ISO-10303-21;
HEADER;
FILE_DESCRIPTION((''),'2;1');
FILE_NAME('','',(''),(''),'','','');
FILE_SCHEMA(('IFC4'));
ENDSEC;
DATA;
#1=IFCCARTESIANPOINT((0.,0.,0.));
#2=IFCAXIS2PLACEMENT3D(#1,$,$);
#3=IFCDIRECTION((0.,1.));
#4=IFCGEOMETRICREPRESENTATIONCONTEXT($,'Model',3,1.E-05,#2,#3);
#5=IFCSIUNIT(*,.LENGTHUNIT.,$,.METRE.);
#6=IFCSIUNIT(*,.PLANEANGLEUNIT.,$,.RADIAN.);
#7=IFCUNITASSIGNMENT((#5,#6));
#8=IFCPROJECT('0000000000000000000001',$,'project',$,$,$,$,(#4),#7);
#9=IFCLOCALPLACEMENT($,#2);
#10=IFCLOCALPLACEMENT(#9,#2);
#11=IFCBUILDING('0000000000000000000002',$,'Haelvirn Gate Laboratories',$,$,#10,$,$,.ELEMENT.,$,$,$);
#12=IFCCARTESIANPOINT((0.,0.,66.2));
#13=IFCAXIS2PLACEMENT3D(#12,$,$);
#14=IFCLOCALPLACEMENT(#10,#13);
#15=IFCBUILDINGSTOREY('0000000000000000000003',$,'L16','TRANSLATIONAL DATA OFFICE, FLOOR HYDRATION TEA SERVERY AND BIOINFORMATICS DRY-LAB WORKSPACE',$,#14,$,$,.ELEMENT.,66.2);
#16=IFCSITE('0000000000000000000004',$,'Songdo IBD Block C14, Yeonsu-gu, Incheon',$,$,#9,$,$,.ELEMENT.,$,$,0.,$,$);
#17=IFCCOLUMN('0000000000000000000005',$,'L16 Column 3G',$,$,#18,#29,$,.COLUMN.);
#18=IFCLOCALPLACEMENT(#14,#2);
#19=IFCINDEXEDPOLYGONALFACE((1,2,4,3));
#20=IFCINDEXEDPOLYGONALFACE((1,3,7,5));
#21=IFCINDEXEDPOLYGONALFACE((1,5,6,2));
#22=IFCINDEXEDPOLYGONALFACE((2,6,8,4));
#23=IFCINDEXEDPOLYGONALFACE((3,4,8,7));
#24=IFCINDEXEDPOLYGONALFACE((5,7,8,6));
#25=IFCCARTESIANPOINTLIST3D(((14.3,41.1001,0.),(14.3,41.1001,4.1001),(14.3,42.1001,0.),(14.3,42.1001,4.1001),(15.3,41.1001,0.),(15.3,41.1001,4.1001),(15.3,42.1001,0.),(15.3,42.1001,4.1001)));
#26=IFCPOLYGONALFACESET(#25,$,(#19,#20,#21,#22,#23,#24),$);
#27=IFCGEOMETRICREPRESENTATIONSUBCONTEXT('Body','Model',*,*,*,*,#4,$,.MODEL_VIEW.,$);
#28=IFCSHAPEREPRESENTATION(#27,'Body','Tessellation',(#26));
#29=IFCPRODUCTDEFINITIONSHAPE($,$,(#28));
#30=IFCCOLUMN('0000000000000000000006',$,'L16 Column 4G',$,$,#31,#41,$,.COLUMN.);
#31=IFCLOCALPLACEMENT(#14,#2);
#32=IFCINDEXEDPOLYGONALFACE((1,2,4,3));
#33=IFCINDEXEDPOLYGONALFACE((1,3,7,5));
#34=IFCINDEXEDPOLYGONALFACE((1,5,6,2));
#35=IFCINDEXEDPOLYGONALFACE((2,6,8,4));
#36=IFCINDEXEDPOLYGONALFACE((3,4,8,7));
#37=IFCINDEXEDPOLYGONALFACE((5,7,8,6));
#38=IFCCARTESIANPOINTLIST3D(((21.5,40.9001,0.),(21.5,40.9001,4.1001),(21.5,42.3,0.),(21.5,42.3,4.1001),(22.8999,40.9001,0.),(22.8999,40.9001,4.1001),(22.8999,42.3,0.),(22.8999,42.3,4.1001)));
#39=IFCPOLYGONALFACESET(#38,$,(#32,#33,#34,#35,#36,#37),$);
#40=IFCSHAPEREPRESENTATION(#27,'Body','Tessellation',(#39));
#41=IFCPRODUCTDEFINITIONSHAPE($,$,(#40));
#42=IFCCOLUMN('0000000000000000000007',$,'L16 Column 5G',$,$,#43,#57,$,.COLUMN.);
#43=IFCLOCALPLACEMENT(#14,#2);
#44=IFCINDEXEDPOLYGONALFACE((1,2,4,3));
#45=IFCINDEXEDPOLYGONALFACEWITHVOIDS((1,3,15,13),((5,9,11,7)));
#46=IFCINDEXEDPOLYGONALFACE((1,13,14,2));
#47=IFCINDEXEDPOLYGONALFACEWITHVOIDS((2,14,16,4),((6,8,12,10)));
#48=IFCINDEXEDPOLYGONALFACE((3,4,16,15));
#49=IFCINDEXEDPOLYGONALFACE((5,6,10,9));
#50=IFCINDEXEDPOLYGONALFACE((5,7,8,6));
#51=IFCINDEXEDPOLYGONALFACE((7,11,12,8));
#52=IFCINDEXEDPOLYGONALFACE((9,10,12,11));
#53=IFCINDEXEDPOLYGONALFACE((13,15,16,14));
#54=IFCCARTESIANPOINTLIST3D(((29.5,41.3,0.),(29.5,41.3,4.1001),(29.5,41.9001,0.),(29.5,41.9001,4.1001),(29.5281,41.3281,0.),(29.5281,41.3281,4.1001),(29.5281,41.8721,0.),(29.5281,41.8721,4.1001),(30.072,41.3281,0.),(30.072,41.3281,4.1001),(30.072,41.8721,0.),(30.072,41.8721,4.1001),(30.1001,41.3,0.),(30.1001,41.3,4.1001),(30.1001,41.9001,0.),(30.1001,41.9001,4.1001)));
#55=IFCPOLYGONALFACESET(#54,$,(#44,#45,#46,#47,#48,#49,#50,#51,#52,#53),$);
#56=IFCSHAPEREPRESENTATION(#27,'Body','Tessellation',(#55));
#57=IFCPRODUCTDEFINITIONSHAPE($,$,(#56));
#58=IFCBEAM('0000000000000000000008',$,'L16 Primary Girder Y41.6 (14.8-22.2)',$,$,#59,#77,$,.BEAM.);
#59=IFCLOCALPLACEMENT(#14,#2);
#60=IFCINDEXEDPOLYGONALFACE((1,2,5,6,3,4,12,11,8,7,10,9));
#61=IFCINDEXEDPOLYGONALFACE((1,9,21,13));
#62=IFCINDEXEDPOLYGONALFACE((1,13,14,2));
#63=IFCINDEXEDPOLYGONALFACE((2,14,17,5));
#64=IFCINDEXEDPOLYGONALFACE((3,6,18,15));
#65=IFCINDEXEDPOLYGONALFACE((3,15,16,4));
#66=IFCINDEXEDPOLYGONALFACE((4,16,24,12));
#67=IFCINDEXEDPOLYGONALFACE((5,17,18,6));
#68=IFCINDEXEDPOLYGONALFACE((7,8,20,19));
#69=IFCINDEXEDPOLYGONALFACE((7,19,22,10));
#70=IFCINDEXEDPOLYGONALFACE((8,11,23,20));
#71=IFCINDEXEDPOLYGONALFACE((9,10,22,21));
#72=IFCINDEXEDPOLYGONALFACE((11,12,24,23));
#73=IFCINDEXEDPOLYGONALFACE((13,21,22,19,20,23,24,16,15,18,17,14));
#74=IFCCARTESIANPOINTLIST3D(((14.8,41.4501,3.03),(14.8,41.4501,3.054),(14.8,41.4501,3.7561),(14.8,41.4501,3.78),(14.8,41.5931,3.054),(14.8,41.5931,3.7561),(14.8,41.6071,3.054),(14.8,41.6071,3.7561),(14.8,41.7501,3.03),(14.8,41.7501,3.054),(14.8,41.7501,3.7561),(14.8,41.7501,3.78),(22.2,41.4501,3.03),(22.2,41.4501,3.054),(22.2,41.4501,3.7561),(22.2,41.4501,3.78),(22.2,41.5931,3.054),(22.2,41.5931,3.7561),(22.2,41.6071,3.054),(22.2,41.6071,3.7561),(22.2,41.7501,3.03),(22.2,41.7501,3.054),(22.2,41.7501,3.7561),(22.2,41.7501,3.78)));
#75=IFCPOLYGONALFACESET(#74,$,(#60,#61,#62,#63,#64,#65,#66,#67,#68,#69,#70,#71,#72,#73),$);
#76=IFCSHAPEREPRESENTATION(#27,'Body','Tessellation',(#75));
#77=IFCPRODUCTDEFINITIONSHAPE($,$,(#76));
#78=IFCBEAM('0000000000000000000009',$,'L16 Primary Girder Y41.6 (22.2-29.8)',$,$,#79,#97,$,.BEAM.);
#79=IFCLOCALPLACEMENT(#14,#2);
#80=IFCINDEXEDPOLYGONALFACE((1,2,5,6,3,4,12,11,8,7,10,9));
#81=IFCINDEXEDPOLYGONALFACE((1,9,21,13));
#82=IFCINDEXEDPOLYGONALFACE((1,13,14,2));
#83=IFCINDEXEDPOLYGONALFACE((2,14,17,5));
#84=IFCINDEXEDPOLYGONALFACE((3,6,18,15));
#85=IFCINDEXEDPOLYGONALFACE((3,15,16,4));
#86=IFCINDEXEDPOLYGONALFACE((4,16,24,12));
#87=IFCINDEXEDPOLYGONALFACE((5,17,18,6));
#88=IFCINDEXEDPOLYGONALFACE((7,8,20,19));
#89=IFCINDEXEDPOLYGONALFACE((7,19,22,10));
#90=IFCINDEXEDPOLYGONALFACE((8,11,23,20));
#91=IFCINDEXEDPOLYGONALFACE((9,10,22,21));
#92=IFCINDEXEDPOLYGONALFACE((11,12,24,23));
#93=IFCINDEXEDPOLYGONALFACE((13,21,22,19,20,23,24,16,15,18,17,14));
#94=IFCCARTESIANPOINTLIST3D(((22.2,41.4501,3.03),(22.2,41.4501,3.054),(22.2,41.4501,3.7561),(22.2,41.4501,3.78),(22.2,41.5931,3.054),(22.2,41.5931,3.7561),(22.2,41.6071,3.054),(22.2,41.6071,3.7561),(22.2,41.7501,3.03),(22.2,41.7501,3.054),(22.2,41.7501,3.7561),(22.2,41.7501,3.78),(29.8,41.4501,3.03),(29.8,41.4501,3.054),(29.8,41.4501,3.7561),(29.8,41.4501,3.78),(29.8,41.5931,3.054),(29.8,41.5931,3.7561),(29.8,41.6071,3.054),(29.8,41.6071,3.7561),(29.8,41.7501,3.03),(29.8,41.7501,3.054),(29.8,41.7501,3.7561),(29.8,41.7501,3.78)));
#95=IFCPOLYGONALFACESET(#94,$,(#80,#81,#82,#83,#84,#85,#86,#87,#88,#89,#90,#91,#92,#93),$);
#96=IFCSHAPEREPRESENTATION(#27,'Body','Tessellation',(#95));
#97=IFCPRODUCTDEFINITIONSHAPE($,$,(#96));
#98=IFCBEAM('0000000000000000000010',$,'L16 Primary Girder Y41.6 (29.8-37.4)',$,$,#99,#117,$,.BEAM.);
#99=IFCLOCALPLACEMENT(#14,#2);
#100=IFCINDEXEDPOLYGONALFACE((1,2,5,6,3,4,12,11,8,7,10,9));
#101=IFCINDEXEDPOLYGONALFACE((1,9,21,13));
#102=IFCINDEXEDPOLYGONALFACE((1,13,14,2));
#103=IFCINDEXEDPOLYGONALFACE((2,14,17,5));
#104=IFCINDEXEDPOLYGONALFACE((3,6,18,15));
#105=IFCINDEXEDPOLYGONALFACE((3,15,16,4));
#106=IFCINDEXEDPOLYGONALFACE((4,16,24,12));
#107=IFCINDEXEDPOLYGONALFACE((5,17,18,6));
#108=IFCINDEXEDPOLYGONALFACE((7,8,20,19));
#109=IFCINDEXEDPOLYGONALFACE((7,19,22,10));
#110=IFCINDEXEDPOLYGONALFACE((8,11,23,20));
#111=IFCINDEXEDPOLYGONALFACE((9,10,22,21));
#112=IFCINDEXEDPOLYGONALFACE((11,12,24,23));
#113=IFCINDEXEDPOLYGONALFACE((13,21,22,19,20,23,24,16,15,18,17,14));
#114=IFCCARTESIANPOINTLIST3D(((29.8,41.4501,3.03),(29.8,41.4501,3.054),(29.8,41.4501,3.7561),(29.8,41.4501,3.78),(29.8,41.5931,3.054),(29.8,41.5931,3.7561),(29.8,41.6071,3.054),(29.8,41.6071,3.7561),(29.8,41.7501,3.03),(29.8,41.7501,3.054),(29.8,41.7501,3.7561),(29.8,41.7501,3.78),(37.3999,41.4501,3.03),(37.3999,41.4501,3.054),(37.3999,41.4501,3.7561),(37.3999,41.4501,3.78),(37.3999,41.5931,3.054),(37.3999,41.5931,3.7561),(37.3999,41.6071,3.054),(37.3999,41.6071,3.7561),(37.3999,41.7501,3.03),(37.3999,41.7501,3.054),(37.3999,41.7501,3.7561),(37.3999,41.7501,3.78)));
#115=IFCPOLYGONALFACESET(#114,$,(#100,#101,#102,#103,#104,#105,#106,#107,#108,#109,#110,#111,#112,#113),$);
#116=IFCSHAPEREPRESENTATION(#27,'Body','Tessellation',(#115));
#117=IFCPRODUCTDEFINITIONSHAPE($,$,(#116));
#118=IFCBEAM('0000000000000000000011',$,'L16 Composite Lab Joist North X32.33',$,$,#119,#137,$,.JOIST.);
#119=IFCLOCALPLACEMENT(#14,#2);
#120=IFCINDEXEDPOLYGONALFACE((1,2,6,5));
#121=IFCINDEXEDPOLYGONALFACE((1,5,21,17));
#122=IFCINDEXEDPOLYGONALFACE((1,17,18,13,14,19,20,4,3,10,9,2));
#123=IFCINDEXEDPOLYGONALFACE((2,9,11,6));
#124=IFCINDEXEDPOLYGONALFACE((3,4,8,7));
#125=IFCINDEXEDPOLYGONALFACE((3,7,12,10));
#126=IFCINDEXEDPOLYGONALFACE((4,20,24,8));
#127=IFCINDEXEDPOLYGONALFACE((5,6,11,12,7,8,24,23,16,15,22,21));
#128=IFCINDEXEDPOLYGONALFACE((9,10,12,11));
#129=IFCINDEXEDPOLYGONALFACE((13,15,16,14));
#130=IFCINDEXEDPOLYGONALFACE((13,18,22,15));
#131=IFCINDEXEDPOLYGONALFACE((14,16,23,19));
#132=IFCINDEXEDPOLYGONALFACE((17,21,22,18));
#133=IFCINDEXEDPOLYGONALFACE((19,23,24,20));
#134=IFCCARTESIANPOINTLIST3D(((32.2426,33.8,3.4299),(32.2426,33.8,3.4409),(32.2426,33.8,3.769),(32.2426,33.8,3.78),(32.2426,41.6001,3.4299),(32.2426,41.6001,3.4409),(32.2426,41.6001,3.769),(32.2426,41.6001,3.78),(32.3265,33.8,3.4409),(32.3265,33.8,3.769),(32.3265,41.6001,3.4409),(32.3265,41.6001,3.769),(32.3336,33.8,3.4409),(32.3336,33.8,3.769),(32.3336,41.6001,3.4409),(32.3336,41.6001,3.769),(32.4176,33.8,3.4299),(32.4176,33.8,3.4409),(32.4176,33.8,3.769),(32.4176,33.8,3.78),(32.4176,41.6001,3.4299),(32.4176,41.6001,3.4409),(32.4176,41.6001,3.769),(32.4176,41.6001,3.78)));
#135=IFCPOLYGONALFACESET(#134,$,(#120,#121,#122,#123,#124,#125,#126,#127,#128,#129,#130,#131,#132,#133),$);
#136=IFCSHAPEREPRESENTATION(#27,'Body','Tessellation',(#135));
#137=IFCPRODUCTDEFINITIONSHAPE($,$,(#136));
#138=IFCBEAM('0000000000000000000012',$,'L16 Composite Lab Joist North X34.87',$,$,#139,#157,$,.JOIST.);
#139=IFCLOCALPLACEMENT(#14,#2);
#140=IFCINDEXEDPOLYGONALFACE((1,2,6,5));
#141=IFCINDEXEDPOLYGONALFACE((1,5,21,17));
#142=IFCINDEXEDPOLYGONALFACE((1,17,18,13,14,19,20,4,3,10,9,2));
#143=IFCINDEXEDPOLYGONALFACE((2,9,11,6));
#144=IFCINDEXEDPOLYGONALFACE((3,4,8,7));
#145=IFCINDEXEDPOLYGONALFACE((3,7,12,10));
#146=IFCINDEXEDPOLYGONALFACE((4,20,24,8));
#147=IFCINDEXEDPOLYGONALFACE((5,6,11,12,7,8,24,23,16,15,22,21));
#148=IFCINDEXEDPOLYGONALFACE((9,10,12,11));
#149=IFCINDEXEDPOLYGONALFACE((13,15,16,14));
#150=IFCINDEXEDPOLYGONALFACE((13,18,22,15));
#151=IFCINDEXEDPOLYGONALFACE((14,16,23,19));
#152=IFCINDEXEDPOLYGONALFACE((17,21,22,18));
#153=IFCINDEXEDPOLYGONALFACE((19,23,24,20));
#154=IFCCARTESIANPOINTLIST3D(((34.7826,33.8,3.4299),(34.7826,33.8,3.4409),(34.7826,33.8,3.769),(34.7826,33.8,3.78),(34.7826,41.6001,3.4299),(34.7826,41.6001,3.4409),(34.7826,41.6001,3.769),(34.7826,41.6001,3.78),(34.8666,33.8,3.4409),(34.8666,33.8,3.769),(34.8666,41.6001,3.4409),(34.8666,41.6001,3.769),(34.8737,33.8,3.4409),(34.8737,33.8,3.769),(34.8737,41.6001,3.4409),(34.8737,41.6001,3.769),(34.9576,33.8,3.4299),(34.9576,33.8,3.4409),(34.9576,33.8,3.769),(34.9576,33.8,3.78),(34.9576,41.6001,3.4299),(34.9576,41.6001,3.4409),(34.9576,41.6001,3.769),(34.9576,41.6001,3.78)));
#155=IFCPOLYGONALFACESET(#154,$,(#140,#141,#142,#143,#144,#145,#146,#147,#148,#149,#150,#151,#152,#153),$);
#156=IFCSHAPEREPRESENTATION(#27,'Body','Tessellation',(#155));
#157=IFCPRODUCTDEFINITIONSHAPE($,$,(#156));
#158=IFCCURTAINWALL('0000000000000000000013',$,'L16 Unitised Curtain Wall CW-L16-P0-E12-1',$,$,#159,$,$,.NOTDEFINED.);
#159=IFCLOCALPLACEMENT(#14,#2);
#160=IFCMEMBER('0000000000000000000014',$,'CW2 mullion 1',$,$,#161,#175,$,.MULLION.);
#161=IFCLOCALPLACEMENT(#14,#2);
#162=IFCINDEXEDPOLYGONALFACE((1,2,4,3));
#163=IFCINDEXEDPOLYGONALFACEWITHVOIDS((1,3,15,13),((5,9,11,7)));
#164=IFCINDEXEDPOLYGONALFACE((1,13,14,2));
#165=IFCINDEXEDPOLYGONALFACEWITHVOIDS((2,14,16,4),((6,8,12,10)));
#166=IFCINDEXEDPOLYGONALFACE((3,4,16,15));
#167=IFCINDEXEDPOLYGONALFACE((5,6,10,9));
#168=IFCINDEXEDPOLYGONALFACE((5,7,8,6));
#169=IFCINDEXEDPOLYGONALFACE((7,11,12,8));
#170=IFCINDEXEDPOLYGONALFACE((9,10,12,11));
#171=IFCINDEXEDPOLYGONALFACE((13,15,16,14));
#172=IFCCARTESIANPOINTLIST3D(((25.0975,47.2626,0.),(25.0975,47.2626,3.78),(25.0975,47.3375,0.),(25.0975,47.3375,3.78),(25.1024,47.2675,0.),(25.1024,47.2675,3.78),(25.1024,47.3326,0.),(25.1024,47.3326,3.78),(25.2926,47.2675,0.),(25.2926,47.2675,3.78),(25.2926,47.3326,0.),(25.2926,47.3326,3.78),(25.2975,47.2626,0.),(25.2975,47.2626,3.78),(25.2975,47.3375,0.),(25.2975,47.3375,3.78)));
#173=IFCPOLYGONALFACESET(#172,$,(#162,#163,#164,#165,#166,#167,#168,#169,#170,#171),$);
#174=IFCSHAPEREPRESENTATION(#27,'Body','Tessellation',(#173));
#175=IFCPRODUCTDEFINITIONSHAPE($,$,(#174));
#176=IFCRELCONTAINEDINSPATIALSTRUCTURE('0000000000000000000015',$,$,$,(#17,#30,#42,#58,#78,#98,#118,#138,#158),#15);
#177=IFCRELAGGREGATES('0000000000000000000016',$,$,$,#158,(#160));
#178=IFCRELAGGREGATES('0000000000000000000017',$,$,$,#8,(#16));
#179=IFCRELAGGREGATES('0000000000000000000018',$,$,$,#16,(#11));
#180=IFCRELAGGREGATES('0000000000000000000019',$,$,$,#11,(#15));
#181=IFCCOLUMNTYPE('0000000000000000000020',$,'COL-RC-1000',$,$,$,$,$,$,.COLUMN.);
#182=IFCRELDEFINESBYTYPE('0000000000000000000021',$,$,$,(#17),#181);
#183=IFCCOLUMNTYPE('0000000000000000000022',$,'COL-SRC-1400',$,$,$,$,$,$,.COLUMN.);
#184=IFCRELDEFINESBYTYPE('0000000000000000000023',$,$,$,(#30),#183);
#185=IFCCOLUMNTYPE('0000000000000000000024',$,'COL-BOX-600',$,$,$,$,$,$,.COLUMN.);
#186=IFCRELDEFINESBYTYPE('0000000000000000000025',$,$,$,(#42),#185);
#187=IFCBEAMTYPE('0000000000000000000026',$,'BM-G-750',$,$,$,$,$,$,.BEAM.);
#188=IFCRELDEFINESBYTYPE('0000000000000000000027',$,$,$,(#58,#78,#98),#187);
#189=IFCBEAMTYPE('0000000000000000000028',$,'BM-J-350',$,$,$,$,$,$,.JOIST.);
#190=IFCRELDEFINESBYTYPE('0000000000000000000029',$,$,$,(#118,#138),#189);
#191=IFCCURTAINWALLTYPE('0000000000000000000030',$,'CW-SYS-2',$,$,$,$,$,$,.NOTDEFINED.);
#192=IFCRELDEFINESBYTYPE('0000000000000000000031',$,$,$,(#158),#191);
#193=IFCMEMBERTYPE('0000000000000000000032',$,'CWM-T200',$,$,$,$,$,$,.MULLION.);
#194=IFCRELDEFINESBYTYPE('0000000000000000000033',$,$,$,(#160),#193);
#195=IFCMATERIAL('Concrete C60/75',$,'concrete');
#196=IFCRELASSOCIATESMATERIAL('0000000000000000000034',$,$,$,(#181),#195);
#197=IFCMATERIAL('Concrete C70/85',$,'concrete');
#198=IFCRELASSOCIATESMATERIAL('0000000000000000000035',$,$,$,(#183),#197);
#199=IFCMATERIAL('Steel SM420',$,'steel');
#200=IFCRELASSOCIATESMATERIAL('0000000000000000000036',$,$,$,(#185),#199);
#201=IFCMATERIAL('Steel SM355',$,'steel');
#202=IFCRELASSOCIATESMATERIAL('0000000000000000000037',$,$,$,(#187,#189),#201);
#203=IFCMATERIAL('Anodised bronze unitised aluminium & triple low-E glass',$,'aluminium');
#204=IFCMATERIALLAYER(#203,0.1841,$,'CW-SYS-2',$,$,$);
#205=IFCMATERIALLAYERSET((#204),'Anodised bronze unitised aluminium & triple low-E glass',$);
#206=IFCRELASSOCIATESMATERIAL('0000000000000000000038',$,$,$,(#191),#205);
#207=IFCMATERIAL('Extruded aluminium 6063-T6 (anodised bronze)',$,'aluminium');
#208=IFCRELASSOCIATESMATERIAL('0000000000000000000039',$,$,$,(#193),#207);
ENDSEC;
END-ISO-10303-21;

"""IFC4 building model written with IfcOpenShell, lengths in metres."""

from ifc_helpers import new_model, si_unit, direction, frame, origin, origin_2d, place, context, subcontext, project, spatial, rectangle, hollow_rectangle, i_section, extrude, source, transform, mapped, material, layer, layer_set, material_profile, profile_set, type_object, type_shapes, element, aggregate, save


model = new_model("IFC4")

# Units and contexts
model_context = context("Model", 3, precision=1e-05, world=origin(), true_north=direction((0.0, 1.0)))
body_context = subcontext(model_context, "Body", "Model", "MODEL_VIEW")
ifc_project = project(units=[si_unit("LENGTHUNIT", "METRE"), si_unit("PLANEANGLEUNIT", "RADIAN")], contexts=[model_context])

# Site, building, storey
site_placement = place(None, origin())
site = spatial("IfcSite", under=ifc_project, at=site_placement, Name="Songdo IBD Block C14, Yeonsu-gu, Incheon", CompositionType="ELEMENT", RefElevation=0.0)
building_placement = place(site_placement, origin())
building = spatial("IfcBuilding", under=site, at=building_placement, Name="Haelvirn Gate Laboratories", CompositionType="ELEMENT")
storey_placement = place(building_placement, frame((0.0, 0.0, 66.2)))
storey = spatial("IfcBuildingStorey", under=building, at=storey_placement, Name="L16", Description="TRANSLATIONAL DATA OFFICE, FLOOR HYDRATION TEA SERVERY AND BIOINFORMATICS DRY-LAB WORKSPACE", CompositionType="ELEMENT", Elevation=66.2)

# Columns
ifc_material_1 = material(Name="Concrete C60/75", Category="concrete")
ifc_material_profile_1 = material_profile(ifc_material_1, rectangle(XDim=1.0, YDim=1.0, at=origin_2d()), Name="RC-1000x1000")
ifc_profile_set_1 = profile_set([ifc_material_profile_1], Name="Concrete C60/75")
column_type_1 = type_object("IfcColumnType", Name="COL-RC-1000", PredefinedType="COLUMN", material=ifc_profile_set_1)
shared_shape_1 = source(origin(), body_context, "Body", "SweptSolid", [
    extrude(rectangle(XDim=1.0, YDim=1.0, at=origin_2d()), origin(), (0.0, 0.0, 1.0), 4.1001),
])
type_shapes(column_type_1, [shared_shape_1])
column_1_placement = place(storey_placement, frame((14.8, 41.6001, 0.0), z_axis=(0.0, 0.0, 1.0), x_axis=(1.0, 0.0, 0.0)))
element("IfcColumn", 1, at=column_1_placement, inside=storey, type_object=column_type_1, Name="L16 Column 3G", PredefinedType="COLUMN", context=body_context, shape_type="MappedRepresentation", body=[
    mapped(shared_shape_1, transform((0.0, 0.0, 0.0), scale=1.0)),
])
ifc_material_2 = material(Name="Concrete C70/85", Category="concrete")
ifc_material_profile_2 = material_profile(ifc_material_2, rectangle(XDim=1.3999, YDim=1.3999, at=origin_2d()), Name="SRC-1400x1400")
ifc_profile_set_2 = profile_set([ifc_material_profile_2], Name="Concrete C70/85")
column_type_2 = type_object("IfcColumnType", Name="COL-SRC-1400", PredefinedType="COLUMN", material=ifc_profile_set_2)
shared_shape_2 = source(origin(), body_context, "Body", "SweptSolid", [
    extrude(rectangle(XDim=1.3999, YDim=1.3999, at=origin_2d()), origin(), (0.0, 0.0, 1.0), 4.1001),
])
type_shapes(column_type_2, [shared_shape_2])
column_2_placement = place(storey_placement, frame((22.2, 41.6001, 0.0), z_axis=(0.0, 0.0, 1.0), x_axis=(1.0, 0.0, 0.0)))
element("IfcColumn", 2, at=column_2_placement, inside=storey, type_object=column_type_2, Name="L16 Column 4G", PredefinedType="COLUMN", context=body_context, shape_type="MappedRepresentation", body=[
    mapped(shared_shape_2, transform((0.0, 0.0, 0.0), scale=1.0)),
])
ifc_material_3 = material(Name="Steel SM420", Category="steel")
ifc_material_profile_3 = material_profile(ifc_material_3, hollow_rectangle(XDim=0.6001, YDim=0.6001, WallThickness=0.0281, at=origin_2d()), Name="BOX-600x600x28")
ifc_profile_set_3 = profile_set([ifc_material_profile_3], Name="Steel SM420")
column_type_3 = type_object("IfcColumnType", Name="COL-BOX-600", PredefinedType="COLUMN", material=ifc_profile_set_3)
shared_shape_3 = source(origin(), body_context, "Body", "SweptSolid", [
    extrude(hollow_rectangle(XDim=0.6001, YDim=0.6001, WallThickness=0.0281, at=origin_2d()), origin(), (0.0, 0.0, 1.0), 4.1001),
])
type_shapes(column_type_3, [shared_shape_3])
column_3_placement = place(storey_placement, frame((29.8, 41.6001, 0.0), z_axis=(0.0, 0.0, 1.0), x_axis=(1.0, 0.0, 0.0)))
element("IfcColumn", 3, at=column_3_placement, inside=storey, type_object=column_type_3, Name="L16 Column 5G", PredefinedType="COLUMN", context=body_context, shape_type="MappedRepresentation", body=[
    mapped(shared_shape_3, transform((0.0, 0.0, 0.0), scale=1.0)),
])

# Beams
ifc_material_4 = material(Name="Steel SM355", Category="steel")
ifc_material_profile_4 = material_profile(ifc_material_4, i_section(OverallWidth=0.3, OverallDepth=0.75, WebThickness=0.0139, FlangeThickness=0.0239, at=origin_2d()), Name="H-750x300x14x24")
ifc_profile_set_4 = profile_set([ifc_material_profile_4], Name="Steel SM355")
beam_type_1 = type_object("IfcBeamType", Name="BM-G-750", PredefinedType="BEAM", material=ifc_profile_set_4)
shared_shape_4 = source(origin(), body_context, "Body", "SweptSolid", [
    extrude(i_section(OverallWidth=0.3, OverallDepth=0.75, WebThickness=0.0139, FlangeThickness=0.0239, at=origin_2d()), origin(), (0.0, 0.0, 1.0), 7.3999),
])
beam_1_placement = place(storey_placement, frame((14.8, 41.6001, 3.405), z_axis=(1.0, 0.0, 0.0), x_axis=(0.0, 1.0, 0.0)))
element("IfcBeam", 4, at=beam_1_placement, inside=storey, type_object=beam_type_1, Name="L16 Primary Girder Y41.6 (14.8-22.2)", PredefinedType="BEAM", context=body_context, shape_type="MappedRepresentation", body=[
    mapped(shared_shape_4, transform((0.0, 0.0, 0.0), scale=1.0)),
])
shared_shape_5 = source(origin(), body_context, "Body", "SweptSolid", [
    extrude(i_section(OverallWidth=0.3, OverallDepth=0.75, WebThickness=0.0139, FlangeThickness=0.0239, at=origin_2d()), origin(), (0.0, 0.0, 1.0), 7.6001),
])
beam_2_placement = place(storey_placement, frame((22.2, 41.6001, 3.405), z_axis=(1.0, 0.0, 0.0), x_axis=(0.0, 1.0, 0.0)))
element("IfcBeam", 5, at=beam_2_placement, inside=storey, type_object=beam_type_1, Name="L16 Primary Girder Y41.6 (22.2-29.8)", PredefinedType="BEAM", context=body_context, shape_type="MappedRepresentation", body=[
    mapped(shared_shape_5, transform((0.0, 0.0, 0.0), scale=1.0)),
])
shared_shape_6 = source(origin(), body_context, "Body", "SweptSolid", [
    extrude(i_section(OverallWidth=0.3, OverallDepth=0.75, WebThickness=0.0139, FlangeThickness=0.0239, at=origin_2d()), origin(), (0.0, 0.0, 1.0), 7.5999),
])
type_shapes(beam_type_1, [shared_shape_4, shared_shape_5, shared_shape_6])
beam_3_placement = place(storey_placement, frame((29.8, 41.6001, 3.405), z_axis=(1.0, 0.0, 0.0), x_axis=(0.0, 1.0, 0.0)))
element("IfcBeam", 6, at=beam_3_placement, inside=storey, type_object=beam_type_1, Name="L16 Primary Girder Y41.6 (29.8-37.4)", PredefinedType="BEAM", context=body_context, shape_type="MappedRepresentation", body=[
    mapped(shared_shape_6, transform((0.0, 0.0, 0.0), scale=1.0)),
])
ifc_material_profile_5 = material_profile(ifc_material_4, i_section(OverallWidth=0.175, OverallDepth=0.3501, WebThickness=0.0071, FlangeThickness=0.011, at=origin_2d()), Name="H-350x175x7x11")
ifc_profile_set_5 = profile_set([ifc_material_profile_5], Name="Steel SM355")
beam_type_2 = type_object("IfcBeamType", Name="BM-J-350", PredefinedType="JOIST", material=ifc_profile_set_5)
shared_shape_7 = source(origin(), body_context, "Body", "SweptSolid", [
    extrude(i_section(OverallWidth=0.175, OverallDepth=0.3501, WebThickness=0.0071, FlangeThickness=0.011, at=origin_2d()), origin(), (0.0, 0.0, 1.0), 7.8),
])
type_shapes(beam_type_2, [shared_shape_7])
for number, where, z_axis, x_axis, name in (
    (7, (32.3301, 33.8, 3.605), (0.0, 1.0, 0.0), (-1.0, 0.0, 0.0), "L16 Composite Lab Joist North X32.33"),
    (8, (34.8701, 33.8, 3.605), (0.0, 1.0, 0.0), (-1.0, 0.0, 0.0), "L16 Composite Lab Joist North X34.87"),
):
    element("IfcBeam", number, at=place(storey_placement, frame(where, z_axis=z_axis, x_axis=x_axis)), inside=storey, type_object=beam_type_2, Name=name, PredefinedType="JOIST", context=body_context, shape_type="MappedRepresentation", body=[
        mapped(shared_shape_7, transform((0.0, 0.0, 0.0), scale=1.0)),
    ])

# Curtain wall, member
ifc_material_5 = material(Name="Anodised bronze unitised aluminium & triple low-E glass", Category="aluminium")
ifc_layer_1 = layer(ifc_material_5, 0.1841, Name="CW-SYS-2")
ifc_layer_set_1 = layer_set([ifc_layer_1], Name="Anodised bronze unitised aluminium & triple low-E glass")
curtain_wall_type = type_object("IfcCurtainWallType", Name="CW-SYS-2", PredefinedType="NOTDEFINED", material=ifc_layer_set_1)
curtain_wall_1_placement = place(storey_placement, origin())
curtain_wall_1 = element("IfcCurtainWall", 9, at=curtain_wall_1_placement, inside=storey, type_object=curtain_wall_type, Name="L16 Unitised Curtain Wall CW-L16-P0-E12-1", PredefinedType="NOTDEFINED")
ifc_material_6 = material(Name="Extruded aluminium 6063-T6 (anodised bronze)", Category="aluminium")
ifc_material_profile_6 = material_profile(ifc_material_6, hollow_rectangle(XDim=0.075, YDim=0.2, WallThickness=0.0049, at=origin_2d()), Name="CWM-200x75x5")
ifc_profile_set_6 = profile_set([ifc_material_profile_6], Name="Extruded aluminium 6063-T6 (anodised bronze)")
member_type_1 = type_object("IfcMemberType", Name="CWM-T200", PredefinedType="MULLION", material=ifc_profile_set_6)
shared_shape_8 = source(origin(), body_context, "Body", "SweptSolid", [
    extrude(hollow_rectangle(XDim=0.075, YDim=0.2, WallThickness=0.0049, at=origin_2d()), origin(), (0.0, 0.0, 1.0), 3.78),
])
type_shapes(member_type_1, [shared_shape_8])
member_1_placement = place(storey_placement, frame((25.1975, 47.3, 0.0), z_axis=(0.0, 0.0, 1.0), x_axis=(0.0, 1.0, 0.0)))
member_1 = element("IfcMember", 10, at=member_1_placement, type_object=member_type_1, Name="CW2 mullion 1", PredefinedType="MULLION", context=body_context, shape_type="MappedRepresentation", body=[
    mapped(shared_shape_8, transform((0.0, 0.0, 0.0), scale=1.0)),
])

aggregate(curtain_wall_1, [member_1])

save(model, "model.ifc")
